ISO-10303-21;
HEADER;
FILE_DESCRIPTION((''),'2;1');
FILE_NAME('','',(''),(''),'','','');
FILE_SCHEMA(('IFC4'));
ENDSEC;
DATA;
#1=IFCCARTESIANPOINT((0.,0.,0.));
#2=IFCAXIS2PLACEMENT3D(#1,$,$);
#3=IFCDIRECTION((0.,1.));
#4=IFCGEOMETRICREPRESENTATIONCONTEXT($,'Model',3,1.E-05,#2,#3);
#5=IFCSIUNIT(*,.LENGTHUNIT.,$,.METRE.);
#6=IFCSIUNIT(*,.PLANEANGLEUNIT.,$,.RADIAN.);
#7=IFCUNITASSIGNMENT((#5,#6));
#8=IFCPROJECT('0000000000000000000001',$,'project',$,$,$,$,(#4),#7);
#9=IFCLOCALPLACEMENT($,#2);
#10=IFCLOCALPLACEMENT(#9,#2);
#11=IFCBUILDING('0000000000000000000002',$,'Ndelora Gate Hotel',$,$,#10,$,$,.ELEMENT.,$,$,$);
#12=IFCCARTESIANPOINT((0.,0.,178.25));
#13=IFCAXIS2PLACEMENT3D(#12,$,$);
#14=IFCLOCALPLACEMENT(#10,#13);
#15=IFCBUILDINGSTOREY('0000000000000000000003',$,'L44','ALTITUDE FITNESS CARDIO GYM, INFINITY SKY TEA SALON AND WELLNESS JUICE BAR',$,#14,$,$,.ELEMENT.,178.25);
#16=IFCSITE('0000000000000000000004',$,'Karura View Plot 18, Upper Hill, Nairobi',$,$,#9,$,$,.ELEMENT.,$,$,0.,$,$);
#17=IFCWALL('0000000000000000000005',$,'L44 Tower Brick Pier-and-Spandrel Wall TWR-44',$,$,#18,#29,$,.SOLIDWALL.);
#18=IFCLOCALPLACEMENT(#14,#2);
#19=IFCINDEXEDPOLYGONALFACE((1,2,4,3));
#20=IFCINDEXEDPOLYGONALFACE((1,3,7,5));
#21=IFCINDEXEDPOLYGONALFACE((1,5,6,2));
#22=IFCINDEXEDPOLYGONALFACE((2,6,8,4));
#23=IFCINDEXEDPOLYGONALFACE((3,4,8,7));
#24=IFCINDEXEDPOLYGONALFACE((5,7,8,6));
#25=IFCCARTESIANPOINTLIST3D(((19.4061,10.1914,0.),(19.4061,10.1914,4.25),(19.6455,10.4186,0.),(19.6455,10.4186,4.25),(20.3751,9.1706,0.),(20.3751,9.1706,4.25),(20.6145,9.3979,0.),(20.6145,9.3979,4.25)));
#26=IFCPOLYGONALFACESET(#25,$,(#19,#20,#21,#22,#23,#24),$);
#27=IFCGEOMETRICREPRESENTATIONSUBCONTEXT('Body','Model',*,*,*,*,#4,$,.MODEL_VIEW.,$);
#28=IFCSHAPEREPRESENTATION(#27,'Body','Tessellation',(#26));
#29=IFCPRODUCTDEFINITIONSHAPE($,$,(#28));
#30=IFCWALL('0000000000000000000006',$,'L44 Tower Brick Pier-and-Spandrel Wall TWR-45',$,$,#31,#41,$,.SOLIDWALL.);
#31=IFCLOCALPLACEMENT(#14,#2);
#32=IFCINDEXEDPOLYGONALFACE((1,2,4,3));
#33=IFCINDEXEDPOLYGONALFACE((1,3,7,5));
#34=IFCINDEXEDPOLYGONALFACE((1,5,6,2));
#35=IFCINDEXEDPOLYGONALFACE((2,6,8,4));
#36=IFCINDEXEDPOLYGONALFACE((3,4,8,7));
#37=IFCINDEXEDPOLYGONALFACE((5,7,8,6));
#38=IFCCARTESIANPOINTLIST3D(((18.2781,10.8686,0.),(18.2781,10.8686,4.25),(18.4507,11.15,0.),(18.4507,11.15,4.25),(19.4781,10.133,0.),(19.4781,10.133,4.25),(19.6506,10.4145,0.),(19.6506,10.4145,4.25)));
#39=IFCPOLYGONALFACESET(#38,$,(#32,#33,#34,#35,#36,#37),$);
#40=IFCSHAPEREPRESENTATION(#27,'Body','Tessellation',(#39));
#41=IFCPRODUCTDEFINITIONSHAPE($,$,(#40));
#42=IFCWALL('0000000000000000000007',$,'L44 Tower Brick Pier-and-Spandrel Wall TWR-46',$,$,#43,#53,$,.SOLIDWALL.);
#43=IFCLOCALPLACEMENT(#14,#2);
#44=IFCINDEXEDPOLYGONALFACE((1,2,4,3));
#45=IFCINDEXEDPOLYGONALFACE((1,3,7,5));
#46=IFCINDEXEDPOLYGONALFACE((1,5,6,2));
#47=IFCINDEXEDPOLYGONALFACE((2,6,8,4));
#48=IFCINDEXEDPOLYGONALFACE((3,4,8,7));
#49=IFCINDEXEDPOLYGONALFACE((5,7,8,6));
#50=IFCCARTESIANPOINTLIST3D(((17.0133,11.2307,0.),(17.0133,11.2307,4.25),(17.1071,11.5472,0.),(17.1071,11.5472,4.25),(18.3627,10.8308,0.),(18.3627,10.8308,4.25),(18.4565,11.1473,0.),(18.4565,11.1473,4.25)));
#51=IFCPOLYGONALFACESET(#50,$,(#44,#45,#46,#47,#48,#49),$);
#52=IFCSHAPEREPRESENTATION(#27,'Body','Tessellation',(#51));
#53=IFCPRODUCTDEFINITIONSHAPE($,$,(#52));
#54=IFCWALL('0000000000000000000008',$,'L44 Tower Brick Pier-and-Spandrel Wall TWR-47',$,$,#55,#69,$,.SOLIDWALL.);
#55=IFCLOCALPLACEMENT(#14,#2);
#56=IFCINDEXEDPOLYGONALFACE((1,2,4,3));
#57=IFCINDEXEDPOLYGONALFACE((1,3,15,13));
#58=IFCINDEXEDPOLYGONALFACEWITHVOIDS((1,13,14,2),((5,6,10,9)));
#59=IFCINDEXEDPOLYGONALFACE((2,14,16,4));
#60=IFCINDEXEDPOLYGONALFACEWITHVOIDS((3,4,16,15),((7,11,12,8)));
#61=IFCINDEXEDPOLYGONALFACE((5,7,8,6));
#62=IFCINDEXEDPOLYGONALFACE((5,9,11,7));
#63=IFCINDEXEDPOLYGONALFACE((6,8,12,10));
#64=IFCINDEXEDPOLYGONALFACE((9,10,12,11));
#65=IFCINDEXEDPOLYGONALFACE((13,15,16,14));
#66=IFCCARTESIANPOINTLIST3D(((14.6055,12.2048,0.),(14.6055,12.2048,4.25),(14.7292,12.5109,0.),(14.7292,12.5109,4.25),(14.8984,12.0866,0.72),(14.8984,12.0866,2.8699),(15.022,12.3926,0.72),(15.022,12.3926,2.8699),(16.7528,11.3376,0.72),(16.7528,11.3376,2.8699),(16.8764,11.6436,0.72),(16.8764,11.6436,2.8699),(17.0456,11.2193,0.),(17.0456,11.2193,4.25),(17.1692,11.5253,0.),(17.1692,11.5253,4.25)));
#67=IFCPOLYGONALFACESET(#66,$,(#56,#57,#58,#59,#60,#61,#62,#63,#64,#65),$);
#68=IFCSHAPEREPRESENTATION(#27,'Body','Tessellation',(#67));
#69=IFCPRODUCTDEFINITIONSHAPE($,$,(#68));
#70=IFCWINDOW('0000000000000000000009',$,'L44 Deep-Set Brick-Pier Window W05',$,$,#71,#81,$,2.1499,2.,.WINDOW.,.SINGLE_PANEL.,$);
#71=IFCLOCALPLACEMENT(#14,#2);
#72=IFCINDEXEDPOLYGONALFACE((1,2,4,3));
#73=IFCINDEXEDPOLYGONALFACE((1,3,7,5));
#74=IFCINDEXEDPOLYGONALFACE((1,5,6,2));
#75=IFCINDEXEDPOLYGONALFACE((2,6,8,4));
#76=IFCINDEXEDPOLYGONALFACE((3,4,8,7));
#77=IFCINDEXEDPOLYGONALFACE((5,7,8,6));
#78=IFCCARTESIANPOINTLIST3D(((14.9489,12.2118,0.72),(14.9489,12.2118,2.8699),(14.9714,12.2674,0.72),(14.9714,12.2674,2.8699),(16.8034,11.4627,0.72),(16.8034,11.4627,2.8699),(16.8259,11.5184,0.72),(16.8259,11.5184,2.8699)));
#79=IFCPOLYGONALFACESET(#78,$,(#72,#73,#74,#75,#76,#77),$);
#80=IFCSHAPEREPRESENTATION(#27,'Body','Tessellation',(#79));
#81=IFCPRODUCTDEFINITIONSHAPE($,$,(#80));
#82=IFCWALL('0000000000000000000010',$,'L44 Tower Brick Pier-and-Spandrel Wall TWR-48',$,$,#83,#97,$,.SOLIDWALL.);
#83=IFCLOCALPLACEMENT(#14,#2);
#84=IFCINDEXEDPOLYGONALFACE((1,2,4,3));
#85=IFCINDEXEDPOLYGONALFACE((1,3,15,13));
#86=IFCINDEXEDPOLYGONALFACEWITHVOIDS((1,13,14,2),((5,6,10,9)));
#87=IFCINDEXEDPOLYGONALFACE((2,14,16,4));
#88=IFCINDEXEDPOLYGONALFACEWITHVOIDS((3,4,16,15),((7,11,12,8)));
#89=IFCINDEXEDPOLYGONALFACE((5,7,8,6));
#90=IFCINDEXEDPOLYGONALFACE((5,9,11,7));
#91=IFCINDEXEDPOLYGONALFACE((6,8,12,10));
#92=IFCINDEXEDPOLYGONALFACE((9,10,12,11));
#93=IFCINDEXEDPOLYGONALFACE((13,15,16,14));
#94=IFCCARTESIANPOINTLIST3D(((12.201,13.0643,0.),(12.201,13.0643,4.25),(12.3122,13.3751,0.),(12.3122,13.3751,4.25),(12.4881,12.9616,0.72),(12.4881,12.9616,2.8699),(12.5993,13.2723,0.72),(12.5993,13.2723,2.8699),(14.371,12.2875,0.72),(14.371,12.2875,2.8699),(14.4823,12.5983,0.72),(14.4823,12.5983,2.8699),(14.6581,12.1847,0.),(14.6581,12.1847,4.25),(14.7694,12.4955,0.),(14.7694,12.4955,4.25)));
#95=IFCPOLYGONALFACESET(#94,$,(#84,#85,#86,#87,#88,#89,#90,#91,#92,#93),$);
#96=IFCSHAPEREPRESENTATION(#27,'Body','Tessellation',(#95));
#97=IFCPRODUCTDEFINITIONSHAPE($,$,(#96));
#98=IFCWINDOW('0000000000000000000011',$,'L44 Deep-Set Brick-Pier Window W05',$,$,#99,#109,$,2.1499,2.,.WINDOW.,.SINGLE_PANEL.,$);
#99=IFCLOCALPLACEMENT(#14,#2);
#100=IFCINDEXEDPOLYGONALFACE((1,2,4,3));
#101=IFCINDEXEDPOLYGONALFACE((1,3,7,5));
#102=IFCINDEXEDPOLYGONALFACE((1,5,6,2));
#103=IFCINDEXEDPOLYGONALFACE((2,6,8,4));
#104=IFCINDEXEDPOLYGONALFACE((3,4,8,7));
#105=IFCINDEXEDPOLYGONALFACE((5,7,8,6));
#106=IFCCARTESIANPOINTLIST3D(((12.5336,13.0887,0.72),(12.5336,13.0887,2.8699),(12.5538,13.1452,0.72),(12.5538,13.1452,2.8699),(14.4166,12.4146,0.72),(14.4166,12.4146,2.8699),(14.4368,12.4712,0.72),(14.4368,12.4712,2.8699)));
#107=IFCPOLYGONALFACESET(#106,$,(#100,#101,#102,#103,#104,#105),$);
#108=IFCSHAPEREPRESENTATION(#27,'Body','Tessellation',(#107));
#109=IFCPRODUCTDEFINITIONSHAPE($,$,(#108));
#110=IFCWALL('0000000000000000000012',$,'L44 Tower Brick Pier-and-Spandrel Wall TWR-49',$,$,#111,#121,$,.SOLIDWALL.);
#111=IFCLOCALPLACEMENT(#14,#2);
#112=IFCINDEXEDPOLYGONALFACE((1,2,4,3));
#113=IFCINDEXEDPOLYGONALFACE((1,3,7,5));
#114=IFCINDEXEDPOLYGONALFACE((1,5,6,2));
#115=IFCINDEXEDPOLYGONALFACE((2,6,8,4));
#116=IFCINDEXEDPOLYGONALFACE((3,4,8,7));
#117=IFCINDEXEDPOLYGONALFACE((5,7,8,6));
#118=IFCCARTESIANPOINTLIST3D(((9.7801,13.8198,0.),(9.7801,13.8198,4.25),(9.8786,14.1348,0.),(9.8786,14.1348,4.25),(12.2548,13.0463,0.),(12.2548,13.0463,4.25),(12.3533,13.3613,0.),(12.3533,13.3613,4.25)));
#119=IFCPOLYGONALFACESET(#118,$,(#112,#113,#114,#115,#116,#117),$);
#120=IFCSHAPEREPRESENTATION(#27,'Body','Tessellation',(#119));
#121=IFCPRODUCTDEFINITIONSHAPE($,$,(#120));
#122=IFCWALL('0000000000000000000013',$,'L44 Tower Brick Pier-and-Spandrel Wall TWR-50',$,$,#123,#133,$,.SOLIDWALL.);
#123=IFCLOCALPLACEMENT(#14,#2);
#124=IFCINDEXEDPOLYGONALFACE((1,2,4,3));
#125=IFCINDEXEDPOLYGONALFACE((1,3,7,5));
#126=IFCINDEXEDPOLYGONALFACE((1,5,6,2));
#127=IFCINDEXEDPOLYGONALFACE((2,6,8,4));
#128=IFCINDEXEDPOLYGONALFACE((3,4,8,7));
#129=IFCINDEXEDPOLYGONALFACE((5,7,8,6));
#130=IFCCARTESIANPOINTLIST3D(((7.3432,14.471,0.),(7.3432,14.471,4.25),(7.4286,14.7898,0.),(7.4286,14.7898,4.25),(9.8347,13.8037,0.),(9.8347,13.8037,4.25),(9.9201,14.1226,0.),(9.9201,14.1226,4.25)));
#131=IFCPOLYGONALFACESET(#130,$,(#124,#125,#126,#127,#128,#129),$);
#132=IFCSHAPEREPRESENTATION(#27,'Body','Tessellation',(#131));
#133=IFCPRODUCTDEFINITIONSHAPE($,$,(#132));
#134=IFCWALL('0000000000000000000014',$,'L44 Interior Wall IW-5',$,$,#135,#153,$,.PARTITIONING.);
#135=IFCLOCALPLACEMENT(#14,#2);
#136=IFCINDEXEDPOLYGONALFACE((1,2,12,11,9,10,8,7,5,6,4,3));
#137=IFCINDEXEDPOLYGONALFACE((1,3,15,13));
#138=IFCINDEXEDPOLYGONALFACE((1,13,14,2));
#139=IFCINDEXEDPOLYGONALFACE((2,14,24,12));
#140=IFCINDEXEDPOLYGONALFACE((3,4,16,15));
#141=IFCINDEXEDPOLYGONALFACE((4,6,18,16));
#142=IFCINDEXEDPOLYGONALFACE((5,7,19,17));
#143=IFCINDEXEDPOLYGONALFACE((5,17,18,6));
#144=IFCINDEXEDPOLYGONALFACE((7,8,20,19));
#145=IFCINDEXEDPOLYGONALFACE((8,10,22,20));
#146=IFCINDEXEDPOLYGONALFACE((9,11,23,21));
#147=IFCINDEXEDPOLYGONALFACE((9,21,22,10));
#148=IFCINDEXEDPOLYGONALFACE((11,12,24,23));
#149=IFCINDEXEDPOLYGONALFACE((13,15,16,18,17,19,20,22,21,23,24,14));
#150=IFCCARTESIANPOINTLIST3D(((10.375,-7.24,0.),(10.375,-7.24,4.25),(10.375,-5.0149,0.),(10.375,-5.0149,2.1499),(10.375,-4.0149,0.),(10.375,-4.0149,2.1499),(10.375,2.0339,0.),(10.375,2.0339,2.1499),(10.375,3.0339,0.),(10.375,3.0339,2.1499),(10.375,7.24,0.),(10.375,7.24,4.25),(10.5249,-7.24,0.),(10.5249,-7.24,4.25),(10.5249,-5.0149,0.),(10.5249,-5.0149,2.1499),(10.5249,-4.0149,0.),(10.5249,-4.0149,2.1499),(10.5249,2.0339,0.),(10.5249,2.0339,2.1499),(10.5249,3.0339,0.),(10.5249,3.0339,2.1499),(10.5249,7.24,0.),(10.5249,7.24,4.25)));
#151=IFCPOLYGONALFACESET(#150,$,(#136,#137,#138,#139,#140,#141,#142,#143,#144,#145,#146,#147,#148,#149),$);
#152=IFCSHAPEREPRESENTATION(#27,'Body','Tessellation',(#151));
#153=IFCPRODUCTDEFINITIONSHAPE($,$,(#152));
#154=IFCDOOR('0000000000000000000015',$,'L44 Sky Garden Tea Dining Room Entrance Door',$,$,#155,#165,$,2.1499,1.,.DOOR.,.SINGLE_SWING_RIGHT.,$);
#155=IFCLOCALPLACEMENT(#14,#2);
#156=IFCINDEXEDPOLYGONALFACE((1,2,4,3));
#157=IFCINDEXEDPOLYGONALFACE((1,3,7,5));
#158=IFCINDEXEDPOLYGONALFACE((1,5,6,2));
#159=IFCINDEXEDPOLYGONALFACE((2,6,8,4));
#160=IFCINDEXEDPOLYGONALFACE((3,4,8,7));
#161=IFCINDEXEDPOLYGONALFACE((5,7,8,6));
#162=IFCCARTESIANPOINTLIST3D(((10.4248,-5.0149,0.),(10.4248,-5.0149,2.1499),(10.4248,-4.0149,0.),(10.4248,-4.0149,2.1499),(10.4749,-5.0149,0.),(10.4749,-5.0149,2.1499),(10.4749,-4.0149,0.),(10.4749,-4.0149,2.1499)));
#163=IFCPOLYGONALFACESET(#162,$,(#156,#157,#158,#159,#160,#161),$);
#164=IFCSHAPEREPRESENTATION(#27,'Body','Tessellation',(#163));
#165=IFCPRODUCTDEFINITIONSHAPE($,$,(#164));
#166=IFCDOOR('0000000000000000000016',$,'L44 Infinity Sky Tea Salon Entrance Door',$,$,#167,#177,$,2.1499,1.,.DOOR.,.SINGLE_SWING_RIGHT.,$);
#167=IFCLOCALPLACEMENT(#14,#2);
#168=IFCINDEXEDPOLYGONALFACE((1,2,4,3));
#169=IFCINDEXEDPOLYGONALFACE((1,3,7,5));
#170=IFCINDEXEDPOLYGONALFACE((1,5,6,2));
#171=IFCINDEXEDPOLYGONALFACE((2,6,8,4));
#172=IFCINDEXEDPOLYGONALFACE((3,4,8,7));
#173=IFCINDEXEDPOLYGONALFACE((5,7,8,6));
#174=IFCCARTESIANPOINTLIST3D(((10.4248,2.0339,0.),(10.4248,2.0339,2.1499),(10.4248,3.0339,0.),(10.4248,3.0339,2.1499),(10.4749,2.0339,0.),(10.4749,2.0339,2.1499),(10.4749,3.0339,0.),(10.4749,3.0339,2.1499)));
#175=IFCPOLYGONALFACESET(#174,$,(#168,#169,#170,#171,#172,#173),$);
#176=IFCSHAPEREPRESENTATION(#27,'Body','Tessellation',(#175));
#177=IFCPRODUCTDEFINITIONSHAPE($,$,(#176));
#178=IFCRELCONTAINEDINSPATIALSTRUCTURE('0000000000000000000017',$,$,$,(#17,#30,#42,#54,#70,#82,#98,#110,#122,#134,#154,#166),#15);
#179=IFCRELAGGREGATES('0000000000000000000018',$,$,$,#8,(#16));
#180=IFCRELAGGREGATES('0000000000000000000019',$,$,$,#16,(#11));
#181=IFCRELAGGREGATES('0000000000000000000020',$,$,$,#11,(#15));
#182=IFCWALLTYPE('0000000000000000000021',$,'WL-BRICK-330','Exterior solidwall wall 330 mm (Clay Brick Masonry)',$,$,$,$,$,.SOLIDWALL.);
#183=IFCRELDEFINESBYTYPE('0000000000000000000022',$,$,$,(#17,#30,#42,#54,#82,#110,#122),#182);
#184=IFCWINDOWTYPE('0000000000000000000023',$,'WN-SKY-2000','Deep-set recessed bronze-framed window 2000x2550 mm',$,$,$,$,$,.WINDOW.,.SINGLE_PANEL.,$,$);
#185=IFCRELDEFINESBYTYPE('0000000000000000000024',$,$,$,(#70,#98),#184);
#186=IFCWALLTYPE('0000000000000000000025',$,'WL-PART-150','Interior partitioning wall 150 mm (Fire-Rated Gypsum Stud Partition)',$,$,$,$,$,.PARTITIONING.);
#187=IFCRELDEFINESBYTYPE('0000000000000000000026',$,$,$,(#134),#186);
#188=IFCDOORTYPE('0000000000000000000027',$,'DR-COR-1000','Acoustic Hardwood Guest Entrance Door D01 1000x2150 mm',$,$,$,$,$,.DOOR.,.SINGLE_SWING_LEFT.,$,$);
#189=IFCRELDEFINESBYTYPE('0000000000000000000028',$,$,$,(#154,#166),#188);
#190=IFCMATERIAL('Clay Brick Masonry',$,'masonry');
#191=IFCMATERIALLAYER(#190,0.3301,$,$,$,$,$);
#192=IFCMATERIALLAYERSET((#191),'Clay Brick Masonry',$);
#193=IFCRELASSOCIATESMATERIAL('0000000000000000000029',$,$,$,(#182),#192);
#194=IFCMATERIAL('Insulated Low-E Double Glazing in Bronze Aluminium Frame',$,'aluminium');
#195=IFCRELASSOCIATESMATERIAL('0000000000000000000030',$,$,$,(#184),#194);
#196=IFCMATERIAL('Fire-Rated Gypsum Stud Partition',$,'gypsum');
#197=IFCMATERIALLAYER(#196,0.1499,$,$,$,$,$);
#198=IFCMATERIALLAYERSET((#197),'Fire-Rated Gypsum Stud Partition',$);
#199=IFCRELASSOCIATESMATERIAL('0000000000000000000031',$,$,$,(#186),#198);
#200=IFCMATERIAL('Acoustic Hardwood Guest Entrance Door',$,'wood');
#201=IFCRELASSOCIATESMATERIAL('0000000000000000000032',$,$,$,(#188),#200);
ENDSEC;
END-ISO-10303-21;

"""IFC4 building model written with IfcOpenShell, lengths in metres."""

from ifc_helpers import new_model, si_unit, direction, frame, frame_2d, origin, place, context, subcontext, project, spatial, rectangle, extrude, material, layer, layer_set, type_object, element, fill, save


model = new_model("IFC4")

# Units and contexts
model_context = context("Model", 3, precision=1e-05, world=origin(), true_north=direction((0.0, 1.0)))
body_context = subcontext(model_context, "Body", "Model", "MODEL_VIEW")
ifc_project = project(units=[si_unit("LENGTHUNIT", "METRE"), si_unit("PLANEANGLEUNIT", "RADIAN")], contexts=[model_context])

# Site, building, storey
site_placement = place(None, origin())
site = spatial("IfcSite", under=ifc_project, at=site_placement, Name="Karura View Plot 18, Upper Hill, Nairobi", CompositionType="ELEMENT", RefElevation=0.0)
building_placement = place(site_placement, origin())
building = spatial("IfcBuilding", under=site, at=building_placement, Name="Ndelora Gate Hotel", CompositionType="ELEMENT")
storey_placement = place(building_placement, frame((0.0, 0.0, 178.25)))
storey = spatial("IfcBuildingStorey", under=building, at=storey_placement, Name="L44", Description="ALTITUDE FITNESS CARDIO GYM, INFINITY SKY TEA SALON AND WELLNESS JUICE BAR", CompositionType="ELEMENT", Elevation=178.25)

# Walls
ifc_material_1 = material(Name="Clay Brick Masonry", Category="masonry")
ifc_layer_1 = layer(ifc_material_1, 0.3301)
ifc_layer_set_1 = layer_set([ifc_layer_1], Name="Clay Brick Masonry")
wall_type_1 = type_object("IfcWallType", Name="WL-BRICK-330", Description="Exterior solidwall wall 330 mm (Clay Brick Masonry)", PredefinedType="SOLIDWALL", material=ifc_layer_set_1)
for number, where, z_axis, x_axis, name in (
    (1, (19.5259, 10.3049, 0.0), (0.0, 0.0, 1.0), (0.68848, -0.725255, 0.0), "L44 Tower Brick Pier-and-Spandrel Wall TWR-44"),
    (2, (18.3645, 11.0093, 0.0), (0.0, 0.0, 1.0), (0.852556, -0.522635, 0.0), "L44 Tower Brick Pier-and-Spandrel Wall TWR-45"),
    (3, (17.0603, 11.3889, 0.0), (0.0, 0.0, 1.0), (0.958781, -0.284147, 0.0), "L44 Tower Brick Pier-and-Spandrel Wall TWR-46"),
):
    element("IfcWall", number, at=place(storey_placement, frame(where, z_axis=z_axis, x_axis=x_axis)), inside=storey, type_object=wall_type_1, Name=name, PredefinedType="SOLIDWALL", context=body_context, shape_type="SweptSolid", body=[
        extrude(rectangle(XDim=1.4075, YDim=0.3301, at=frame_2d((0.7036, 0.0))), origin(), (0.0, 0.0, 1.0), 4.25),
    ])

# Walls, openings, windows
wall_1_placement = place(storey_placement, frame((14.6672, 12.3579, 0.0), z_axis=(0.0, 0.0, 1.0), x_axis=(0.927224, -0.374508, 0.0)))
wall_1 = element("IfcWall", 4, at=wall_1_placement, inside=storey, type_object=wall_type_1, Name="L44 Tower Brick Pier-and-Spandrel Wall TWR-47", PredefinedType="SOLIDWALL", context=body_context, shape_type="SweptSolid", body=[
    extrude(rectangle(XDim=2.6316, YDim=0.3301, at=frame_2d((1.3159, 0.0))), origin(), (0.0, 0.0, 1.0), 4.25),
])
opening_1_placement = place(wall_1_placement, frame((0.3159, 0.0, 0.72)))
opening_1 = element("IfcOpeningElement", 5, at=opening_1_placement, cuts=wall_1, PredefinedType="OPENING", context=body_context, shape_type="SweptSolid", body=[
    extrude(rectangle(XDim=2.0, YDim=2.1499, at=frame_2d((1.0, 1.075))), frame((0.0, 0.175, 0.0), z_axis=(0.0, -1.0, 0.0), x_axis=(1.0, 0.0, 0.0)), (0.0, 0.0, 1.0), 0.3501),
])
ifc_material_2 = material(Name="Insulated Low-E Double Glazing in Bronze Aluminium Frame", Category="aluminium")
window_type = type_object("IfcWindowType", Name="WN-SKY-2000", Description="Deep-set recessed bronze-framed window 2000x2550 mm", PartitioningType="SINGLE_PANEL", PredefinedType="WINDOW", material=ifc_material_2)
window_1_placement = place(opening_1_placement, origin())
window_1 = element("IfcWindow", 6, at=window_1_placement, inside=storey, type_object=window_type, Name="L44 Deep-Set Brick-Pier Window W05", OverallHeight=2.1499, OverallWidth=2.0, PartitioningType="SINGLE_PANEL", PredefinedType="WINDOW", context=body_context, shape_type="SweptSolid", body=[
    extrude(rectangle(XDim=2.0, YDim=2.1499, at=frame_2d((1.0, 1.075))), frame((0.0, 0.03, 0.0), z_axis=(0.0, -1.0, 0.0), x_axis=(1.0, 0.0, 0.0)), (0.0, 0.0, 1.0), 0.0601),
])
fill(opening_1, window_1)
wall_2_placement = place(storey_placement, frame((12.2566, 13.2197, 0.0), z_axis=(0.0, 0.0, 1.0), x_axis=(0.941494, -0.33703, 0.0)))
wall_2 = element("IfcWall", 7, at=wall_2_placement, inside=storey, type_object=wall_type_1, Name="L44 Tower Brick Pier-and-Spandrel Wall TWR-48", PredefinedType="SOLIDWALL", context=body_context, shape_type="SweptSolid", body=[
    extrude(rectangle(XDim=2.6099, YDim=0.3301, at=frame_2d((1.3049, 0.0))), origin(), (0.0, 0.0, 1.0), 4.25),
])
opening_2_placement = place(wall_2_placement, frame((0.3049, 0.0, 0.72)))
opening_2 = element("IfcOpeningElement", 8, at=opening_2_placement, cuts=wall_2, PredefinedType="OPENING", context=body_context, shape_type="SweptSolid", body=[
    extrude(rectangle(XDim=2.0, YDim=2.1499, at=frame_2d((1.0, 1.075))), frame((0.0, 0.175, 0.0), z_axis=(0.0, -1.0, 0.0), x_axis=(1.0, 0.0, 0.0)), (0.0, 0.0, 1.0), 0.3501),
])
window_2_placement = place(opening_2_placement, origin())
window_2 = element("IfcWindow", 9, at=window_2_placement, inside=storey, type_object=window_type, Name="L44 Deep-Set Brick-Pier Window W05", OverallHeight=2.1499, OverallWidth=2.0, PartitioningType="SINGLE_PANEL", PredefinedType="WINDOW", context=body_context, shape_type="SweptSolid", body=[
    extrude(rectangle(XDim=2.0, YDim=2.1499, at=frame_2d((1.0, 1.075))), frame((0.0, 0.03, 0.0), z_axis=(0.0, -1.0, 0.0), x_axis=(1.0, 0.0, 0.0)), (0.0, 0.0, 1.0), 0.0601),
])
fill(opening_2, window_2)

# Walls
wall_3_placement = place(storey_placement, frame((9.8293, 13.9773, 0.0), z_axis=(0.0, 0.0, 1.0), x_axis=(0.954467, -0.298318, 0.0)))
element("IfcWall", 10, at=wall_3_placement, inside=storey, type_object=wall_type_1, Name="L44 Tower Brick Pier-and-Spandrel Wall TWR-49", PredefinedType="SOLIDWALL", context=body_context, shape_type="SweptSolid", body=[
    extrude(rectangle(XDim=2.5928, YDim=0.3301, at=frame_2d((1.2964, 0.0))), origin(), (0.0, 0.0, 1.0), 4.25),
])
wall_4_placement = place(storey_placement, frame((7.386, 14.6304, 0.0), z_axis=(0.0, 0.0, 1.0), x_axis=(0.965959, -0.258694, 0.0)))
element("IfcWall", 11, at=wall_4_placement, inside=storey, type_object=wall_type_1, Name="L44 Tower Brick Pier-and-Spandrel Wall TWR-50", PredefinedType="SOLIDWALL", context=body_context, shape_type="SweptSolid", body=[
    extrude(rectangle(XDim=2.5793, YDim=0.3301, at=frame_2d((1.2896, 0.0))), origin(), (0.0, 0.0, 1.0), 4.25),
])

# Wall, openings, doors
ifc_material_3 = material(Name="Fire-Rated Gypsum Stud Partition", Category="gypsum")
ifc_layer_2 = layer(ifc_material_3, 0.1499)
ifc_layer_set_2 = layer_set([ifc_layer_2], Name="Fire-Rated Gypsum Stud Partition")
wall_type_2 = type_object("IfcWallType", Name="WL-PART-150", Description="Interior partitioning wall 150 mm (Fire-Rated Gypsum Stud Partition)", PredefinedType="PARTITIONING", material=ifc_layer_set_2)
wall_5_placement = place(storey_placement, frame((10.45, 7.24, 0.0), z_axis=(0.0, 0.0, 1.0), x_axis=(0.0, -1.0, 0.0)))
wall_5 = element("IfcWall", 12, at=wall_5_placement, inside=storey, type_object=wall_type_2, Name="L44 Interior Wall IW-5", PredefinedType="PARTITIONING", context=body_context, shape_type="SweptSolid", body=[
    extrude(rectangle(XDim=14.48, YDim=0.1499, at=frame_2d((7.24, 0.0))), origin(), (0.0, 0.0, 1.0), 4.25),
])
opening_3_placement = place(wall_5_placement, frame((11.2549, 0.0, 0.0)))
opening_3 = element("IfcOpeningElement", 13, at=opening_3_placement, cuts=wall_5, PredefinedType="OPENING", context=body_context, shape_type="SweptSolid", body=[
    extrude(rectangle(XDim=1.0, YDim=2.1499, at=frame_2d((0.5, 1.075))), frame((0.0, 0.085, 0.0), z_axis=(0.0, -1.0, 0.0), x_axis=(1.0, 0.0, 0.0)), (0.0, 0.0, 1.0), 0.1699),
])
opening_4_placement = place(wall_5_placement, frame((4.2061, 0.0, 0.0)))
opening_4 = element("IfcOpeningElement", 14, at=opening_4_placement, cuts=wall_5, PredefinedType="OPENING", context=body_context, shape_type="SweptSolid", body=[
    extrude(rectangle(XDim=1.0, YDim=2.1499, at=frame_2d((0.5, 1.075))), frame((0.0, 0.085, 0.0), z_axis=(0.0, -1.0, 0.0), x_axis=(1.0, 0.0, 0.0)), (0.0, 0.0, 1.0), 0.1699),
])
ifc_material_4 = material(Name="Acoustic Hardwood Guest Entrance Door", Category="wood")
door_type = type_object("IfcDoorType", Name="DR-COR-1000", Description="Acoustic Hardwood Guest Entrance Door D01 1000x2150 mm", OperationType="SINGLE_SWING_LEFT", PredefinedType="DOOR", material=ifc_material_4)
door_1_placement = place(opening_3_placement, origin())
door_1 = element("IfcDoor", 15, at=door_1_placement, inside=storey, type_object=door_type, Name="L44 Sky Garden Tea Dining Room Entrance Door", OperationType="SINGLE_SWING_RIGHT", OverallHeight=2.1499, OverallWidth=1.0, PredefinedType="DOOR", context=body_context, shape_type="SweptSolid", body=[
    extrude(rectangle(XDim=1.0, YDim=2.1499, at=frame_2d((0.5, 1.075))), frame((0.0, 0.0249, 0.0), z_axis=(0.0, -1.0, 0.0), x_axis=(1.0, 0.0, 0.0)), (0.0, 0.0, 1.0), 0.05),
])
fill(opening_3, door_1)
door_2_placement = place(opening_4_placement, origin())
door_2 = element("IfcDoor", 16, at=door_2_placement, inside=storey, type_object=door_type, Name="L44 Infinity Sky Tea Salon Entrance Door", OperationType="SINGLE_SWING_RIGHT", OverallHeight=2.1499, OverallWidth=1.0, PredefinedType="DOOR", context=body_context, shape_type="SweptSolid", body=[
    extrude(rectangle(XDim=1.0, YDim=2.1499, at=frame_2d((0.5, 1.075))), frame((0.0, 0.0249, 0.0), z_axis=(0.0, -1.0, 0.0), x_axis=(1.0, 0.0, 0.0)), (0.0, 0.0, 1.0), 0.05),
])
fill(opening_4, door_2)

save(model, "model.ifc")
